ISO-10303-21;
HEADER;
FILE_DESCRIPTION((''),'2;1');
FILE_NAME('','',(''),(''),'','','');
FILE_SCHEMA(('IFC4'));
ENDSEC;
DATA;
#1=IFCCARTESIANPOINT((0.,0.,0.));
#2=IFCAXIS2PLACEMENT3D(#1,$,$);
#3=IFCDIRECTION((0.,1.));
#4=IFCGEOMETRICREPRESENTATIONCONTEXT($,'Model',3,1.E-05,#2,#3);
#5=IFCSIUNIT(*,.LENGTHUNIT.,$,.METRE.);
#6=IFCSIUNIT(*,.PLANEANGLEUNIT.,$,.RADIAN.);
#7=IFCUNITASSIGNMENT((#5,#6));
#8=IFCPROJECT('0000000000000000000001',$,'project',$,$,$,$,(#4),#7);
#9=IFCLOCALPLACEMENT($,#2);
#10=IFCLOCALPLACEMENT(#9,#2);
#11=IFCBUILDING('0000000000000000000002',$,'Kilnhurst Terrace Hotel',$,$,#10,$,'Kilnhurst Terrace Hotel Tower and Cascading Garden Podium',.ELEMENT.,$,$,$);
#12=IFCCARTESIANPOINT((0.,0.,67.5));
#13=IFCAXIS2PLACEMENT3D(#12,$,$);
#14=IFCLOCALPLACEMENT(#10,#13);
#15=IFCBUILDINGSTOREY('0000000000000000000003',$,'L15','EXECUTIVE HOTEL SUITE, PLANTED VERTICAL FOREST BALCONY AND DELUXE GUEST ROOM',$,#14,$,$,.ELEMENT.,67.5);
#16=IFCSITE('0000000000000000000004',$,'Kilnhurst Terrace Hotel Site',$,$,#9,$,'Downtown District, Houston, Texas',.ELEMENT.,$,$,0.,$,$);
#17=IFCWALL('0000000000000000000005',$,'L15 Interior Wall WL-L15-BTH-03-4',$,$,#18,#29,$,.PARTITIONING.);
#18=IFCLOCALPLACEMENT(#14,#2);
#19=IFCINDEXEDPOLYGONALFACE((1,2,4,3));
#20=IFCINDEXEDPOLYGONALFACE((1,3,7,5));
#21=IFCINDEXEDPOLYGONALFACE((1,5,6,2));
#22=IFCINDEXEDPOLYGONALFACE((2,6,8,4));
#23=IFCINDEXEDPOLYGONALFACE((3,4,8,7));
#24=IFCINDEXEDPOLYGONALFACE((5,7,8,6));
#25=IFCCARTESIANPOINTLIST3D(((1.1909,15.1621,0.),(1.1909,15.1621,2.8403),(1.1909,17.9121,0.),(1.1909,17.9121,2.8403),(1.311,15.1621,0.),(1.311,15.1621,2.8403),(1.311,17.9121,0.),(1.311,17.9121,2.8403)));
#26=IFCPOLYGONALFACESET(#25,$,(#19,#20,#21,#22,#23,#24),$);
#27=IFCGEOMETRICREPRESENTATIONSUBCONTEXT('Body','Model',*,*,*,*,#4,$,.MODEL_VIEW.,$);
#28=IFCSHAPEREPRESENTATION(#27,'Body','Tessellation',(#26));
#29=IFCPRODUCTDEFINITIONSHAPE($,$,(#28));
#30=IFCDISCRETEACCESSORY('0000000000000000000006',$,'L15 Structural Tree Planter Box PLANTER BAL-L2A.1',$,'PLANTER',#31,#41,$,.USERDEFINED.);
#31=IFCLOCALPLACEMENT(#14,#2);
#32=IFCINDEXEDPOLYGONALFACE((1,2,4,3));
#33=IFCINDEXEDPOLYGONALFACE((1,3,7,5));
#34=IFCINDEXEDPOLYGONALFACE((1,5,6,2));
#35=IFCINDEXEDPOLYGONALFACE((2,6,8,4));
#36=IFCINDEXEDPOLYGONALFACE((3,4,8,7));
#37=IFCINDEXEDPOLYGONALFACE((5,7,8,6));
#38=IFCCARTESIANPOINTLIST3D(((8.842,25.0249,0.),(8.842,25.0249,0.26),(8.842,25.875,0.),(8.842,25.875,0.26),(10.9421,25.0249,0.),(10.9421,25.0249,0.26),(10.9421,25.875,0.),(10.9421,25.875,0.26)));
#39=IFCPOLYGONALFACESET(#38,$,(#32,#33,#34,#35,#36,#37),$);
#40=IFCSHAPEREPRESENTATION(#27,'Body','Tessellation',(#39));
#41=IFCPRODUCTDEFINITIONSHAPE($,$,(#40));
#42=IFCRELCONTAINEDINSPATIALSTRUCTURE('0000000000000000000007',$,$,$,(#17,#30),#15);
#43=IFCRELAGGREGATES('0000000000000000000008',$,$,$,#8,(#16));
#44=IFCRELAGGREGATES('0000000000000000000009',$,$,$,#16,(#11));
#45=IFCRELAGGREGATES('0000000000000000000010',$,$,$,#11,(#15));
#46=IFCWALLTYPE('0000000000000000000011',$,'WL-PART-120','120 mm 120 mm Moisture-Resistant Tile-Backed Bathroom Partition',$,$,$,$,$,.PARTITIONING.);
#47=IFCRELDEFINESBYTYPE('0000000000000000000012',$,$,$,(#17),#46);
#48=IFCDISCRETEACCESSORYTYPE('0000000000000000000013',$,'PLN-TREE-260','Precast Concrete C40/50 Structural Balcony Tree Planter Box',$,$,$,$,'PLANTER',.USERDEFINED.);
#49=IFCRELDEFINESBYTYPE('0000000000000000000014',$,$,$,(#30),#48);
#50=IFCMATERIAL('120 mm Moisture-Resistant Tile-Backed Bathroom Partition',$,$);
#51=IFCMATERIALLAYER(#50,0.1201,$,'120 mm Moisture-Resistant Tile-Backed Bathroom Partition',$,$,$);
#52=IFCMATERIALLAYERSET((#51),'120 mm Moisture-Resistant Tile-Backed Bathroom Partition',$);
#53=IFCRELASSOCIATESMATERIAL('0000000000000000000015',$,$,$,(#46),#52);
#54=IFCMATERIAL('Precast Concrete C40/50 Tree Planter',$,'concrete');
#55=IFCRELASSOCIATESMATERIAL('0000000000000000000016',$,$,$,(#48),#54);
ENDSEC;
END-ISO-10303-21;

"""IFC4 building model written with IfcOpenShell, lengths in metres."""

from ifc_helpers import new_model, si_unit, direction, frame, frame_2d, origin, origin_2d, place, context, subcontext, project, spatial, rectangle, extrude, material, layer, layer_set, type_object, element, save


model = new_model("IFC4")

# Units and contexts
model_context = context("Model", 3, precision=1e-05, world=origin(), true_north=direction((0.0, 1.0)))
body_context = subcontext(model_context, "Body", "Model", "MODEL_VIEW")
ifc_project = project(units=[si_unit("LENGTHUNIT", "METRE"), si_unit("PLANEANGLEUNIT", "RADIAN")], contexts=[model_context])

# Site, building, storey
site_placement = place(None, origin())
site = spatial("IfcSite", under=ifc_project, at=site_placement, Name="Kilnhurst Terrace Hotel Site", LongName="Downtown District, Houston, Texas", CompositionType="ELEMENT", RefElevation=0.0)
building_placement = place(site_placement, origin())
building = spatial("IfcBuilding", under=site, at=building_placement, Name="Kilnhurst Terrace Hotel", LongName="Kilnhurst Terrace Hotel Tower and Cascading Garden Podium", CompositionType="ELEMENT")
storey_placement = place(building_placement, frame((0.0, 0.0, 67.5)))
storey = spatial("IfcBuildingStorey", under=building, at=storey_placement, Name="L15", Description="EXECUTIVE HOTEL SUITE, PLANTED VERTICAL FOREST BALCONY AND DELUXE GUEST ROOM", CompositionType="ELEMENT", Elevation=67.5)

# Shared definitions
ifc_material_1 = material(Name="120 mm Moisture-Resistant Tile-Backed Bathroom Partition")
ifc_layer_1 = layer(ifc_material_1, 0.1201, Name="120 mm Moisture-Resistant Tile-Backed Bathroom Partition")
ifc_layer_set_1 = layer_set([ifc_layer_1], Name="120 mm Moisture-Resistant Tile-Backed Bathroom Partition")
wall_type_1 = type_object("IfcWallType", Name="WL-PART-120", Description="120 mm 120 mm Moisture-Resistant Tile-Backed Bathroom Partition", PredefinedType="PARTITIONING", material=ifc_layer_set_1)

# Wall
wall_1_placement = place(storey_placement, frame((1.251, 17.9121, 0.0), z_axis=(0.0, 0.0, 1.0), x_axis=(0.0, -1.0, 0.0)))
element("IfcWall", 1, at=wall_1_placement, inside=storey, type_object=wall_type_1, Name="L15 Interior Wall WL-L15-BTH-03-4", PredefinedType="PARTITIONING", context=body_context, shape_type="SweptSolid", body=[
    extrude(rectangle(XDim=2.75, YDim=0.1201, at=frame_2d((1.375, 0.0))), origin(), (0.0, 0.0, 1.0), 2.8403),
])

# Discrete accessory
ifc_material_2 = material(Name="Precast Concrete C40/50 Tree Planter", Category="concrete")
discrete_accessory_type = type_object("IfcDiscreteAccessoryType", Name="PLN-TREE-260", Description="Precast Concrete C40/50 Structural Balcony Tree Planter Box", ElementType="PLANTER", PredefinedType="USERDEFINED", material=ifc_material_2)
discrete_accessory_placement = place(storey_placement, frame((9.8921, 25.45, 0.0), z_axis=(0.0, 0.0, 1.0), x_axis=(-1.0, 0.0, 0.0)))
element("IfcDiscreteAccessory", 2, at=discrete_accessory_placement, inside=storey, type_object=discrete_accessory_type, Name="L15 Structural Tree Planter Box PLANTER BAL-L2A.1", ObjectType="PLANTER", PredefinedType="USERDEFINED", context=body_context, shape_type="SweptSolid", body=[
    extrude(rectangle(XDim=2.1001, YDim=0.8501, at=origin_2d()), origin(), (0.0, 0.0, 1.0), 0.26),
])

save(model, "model.ifc")
